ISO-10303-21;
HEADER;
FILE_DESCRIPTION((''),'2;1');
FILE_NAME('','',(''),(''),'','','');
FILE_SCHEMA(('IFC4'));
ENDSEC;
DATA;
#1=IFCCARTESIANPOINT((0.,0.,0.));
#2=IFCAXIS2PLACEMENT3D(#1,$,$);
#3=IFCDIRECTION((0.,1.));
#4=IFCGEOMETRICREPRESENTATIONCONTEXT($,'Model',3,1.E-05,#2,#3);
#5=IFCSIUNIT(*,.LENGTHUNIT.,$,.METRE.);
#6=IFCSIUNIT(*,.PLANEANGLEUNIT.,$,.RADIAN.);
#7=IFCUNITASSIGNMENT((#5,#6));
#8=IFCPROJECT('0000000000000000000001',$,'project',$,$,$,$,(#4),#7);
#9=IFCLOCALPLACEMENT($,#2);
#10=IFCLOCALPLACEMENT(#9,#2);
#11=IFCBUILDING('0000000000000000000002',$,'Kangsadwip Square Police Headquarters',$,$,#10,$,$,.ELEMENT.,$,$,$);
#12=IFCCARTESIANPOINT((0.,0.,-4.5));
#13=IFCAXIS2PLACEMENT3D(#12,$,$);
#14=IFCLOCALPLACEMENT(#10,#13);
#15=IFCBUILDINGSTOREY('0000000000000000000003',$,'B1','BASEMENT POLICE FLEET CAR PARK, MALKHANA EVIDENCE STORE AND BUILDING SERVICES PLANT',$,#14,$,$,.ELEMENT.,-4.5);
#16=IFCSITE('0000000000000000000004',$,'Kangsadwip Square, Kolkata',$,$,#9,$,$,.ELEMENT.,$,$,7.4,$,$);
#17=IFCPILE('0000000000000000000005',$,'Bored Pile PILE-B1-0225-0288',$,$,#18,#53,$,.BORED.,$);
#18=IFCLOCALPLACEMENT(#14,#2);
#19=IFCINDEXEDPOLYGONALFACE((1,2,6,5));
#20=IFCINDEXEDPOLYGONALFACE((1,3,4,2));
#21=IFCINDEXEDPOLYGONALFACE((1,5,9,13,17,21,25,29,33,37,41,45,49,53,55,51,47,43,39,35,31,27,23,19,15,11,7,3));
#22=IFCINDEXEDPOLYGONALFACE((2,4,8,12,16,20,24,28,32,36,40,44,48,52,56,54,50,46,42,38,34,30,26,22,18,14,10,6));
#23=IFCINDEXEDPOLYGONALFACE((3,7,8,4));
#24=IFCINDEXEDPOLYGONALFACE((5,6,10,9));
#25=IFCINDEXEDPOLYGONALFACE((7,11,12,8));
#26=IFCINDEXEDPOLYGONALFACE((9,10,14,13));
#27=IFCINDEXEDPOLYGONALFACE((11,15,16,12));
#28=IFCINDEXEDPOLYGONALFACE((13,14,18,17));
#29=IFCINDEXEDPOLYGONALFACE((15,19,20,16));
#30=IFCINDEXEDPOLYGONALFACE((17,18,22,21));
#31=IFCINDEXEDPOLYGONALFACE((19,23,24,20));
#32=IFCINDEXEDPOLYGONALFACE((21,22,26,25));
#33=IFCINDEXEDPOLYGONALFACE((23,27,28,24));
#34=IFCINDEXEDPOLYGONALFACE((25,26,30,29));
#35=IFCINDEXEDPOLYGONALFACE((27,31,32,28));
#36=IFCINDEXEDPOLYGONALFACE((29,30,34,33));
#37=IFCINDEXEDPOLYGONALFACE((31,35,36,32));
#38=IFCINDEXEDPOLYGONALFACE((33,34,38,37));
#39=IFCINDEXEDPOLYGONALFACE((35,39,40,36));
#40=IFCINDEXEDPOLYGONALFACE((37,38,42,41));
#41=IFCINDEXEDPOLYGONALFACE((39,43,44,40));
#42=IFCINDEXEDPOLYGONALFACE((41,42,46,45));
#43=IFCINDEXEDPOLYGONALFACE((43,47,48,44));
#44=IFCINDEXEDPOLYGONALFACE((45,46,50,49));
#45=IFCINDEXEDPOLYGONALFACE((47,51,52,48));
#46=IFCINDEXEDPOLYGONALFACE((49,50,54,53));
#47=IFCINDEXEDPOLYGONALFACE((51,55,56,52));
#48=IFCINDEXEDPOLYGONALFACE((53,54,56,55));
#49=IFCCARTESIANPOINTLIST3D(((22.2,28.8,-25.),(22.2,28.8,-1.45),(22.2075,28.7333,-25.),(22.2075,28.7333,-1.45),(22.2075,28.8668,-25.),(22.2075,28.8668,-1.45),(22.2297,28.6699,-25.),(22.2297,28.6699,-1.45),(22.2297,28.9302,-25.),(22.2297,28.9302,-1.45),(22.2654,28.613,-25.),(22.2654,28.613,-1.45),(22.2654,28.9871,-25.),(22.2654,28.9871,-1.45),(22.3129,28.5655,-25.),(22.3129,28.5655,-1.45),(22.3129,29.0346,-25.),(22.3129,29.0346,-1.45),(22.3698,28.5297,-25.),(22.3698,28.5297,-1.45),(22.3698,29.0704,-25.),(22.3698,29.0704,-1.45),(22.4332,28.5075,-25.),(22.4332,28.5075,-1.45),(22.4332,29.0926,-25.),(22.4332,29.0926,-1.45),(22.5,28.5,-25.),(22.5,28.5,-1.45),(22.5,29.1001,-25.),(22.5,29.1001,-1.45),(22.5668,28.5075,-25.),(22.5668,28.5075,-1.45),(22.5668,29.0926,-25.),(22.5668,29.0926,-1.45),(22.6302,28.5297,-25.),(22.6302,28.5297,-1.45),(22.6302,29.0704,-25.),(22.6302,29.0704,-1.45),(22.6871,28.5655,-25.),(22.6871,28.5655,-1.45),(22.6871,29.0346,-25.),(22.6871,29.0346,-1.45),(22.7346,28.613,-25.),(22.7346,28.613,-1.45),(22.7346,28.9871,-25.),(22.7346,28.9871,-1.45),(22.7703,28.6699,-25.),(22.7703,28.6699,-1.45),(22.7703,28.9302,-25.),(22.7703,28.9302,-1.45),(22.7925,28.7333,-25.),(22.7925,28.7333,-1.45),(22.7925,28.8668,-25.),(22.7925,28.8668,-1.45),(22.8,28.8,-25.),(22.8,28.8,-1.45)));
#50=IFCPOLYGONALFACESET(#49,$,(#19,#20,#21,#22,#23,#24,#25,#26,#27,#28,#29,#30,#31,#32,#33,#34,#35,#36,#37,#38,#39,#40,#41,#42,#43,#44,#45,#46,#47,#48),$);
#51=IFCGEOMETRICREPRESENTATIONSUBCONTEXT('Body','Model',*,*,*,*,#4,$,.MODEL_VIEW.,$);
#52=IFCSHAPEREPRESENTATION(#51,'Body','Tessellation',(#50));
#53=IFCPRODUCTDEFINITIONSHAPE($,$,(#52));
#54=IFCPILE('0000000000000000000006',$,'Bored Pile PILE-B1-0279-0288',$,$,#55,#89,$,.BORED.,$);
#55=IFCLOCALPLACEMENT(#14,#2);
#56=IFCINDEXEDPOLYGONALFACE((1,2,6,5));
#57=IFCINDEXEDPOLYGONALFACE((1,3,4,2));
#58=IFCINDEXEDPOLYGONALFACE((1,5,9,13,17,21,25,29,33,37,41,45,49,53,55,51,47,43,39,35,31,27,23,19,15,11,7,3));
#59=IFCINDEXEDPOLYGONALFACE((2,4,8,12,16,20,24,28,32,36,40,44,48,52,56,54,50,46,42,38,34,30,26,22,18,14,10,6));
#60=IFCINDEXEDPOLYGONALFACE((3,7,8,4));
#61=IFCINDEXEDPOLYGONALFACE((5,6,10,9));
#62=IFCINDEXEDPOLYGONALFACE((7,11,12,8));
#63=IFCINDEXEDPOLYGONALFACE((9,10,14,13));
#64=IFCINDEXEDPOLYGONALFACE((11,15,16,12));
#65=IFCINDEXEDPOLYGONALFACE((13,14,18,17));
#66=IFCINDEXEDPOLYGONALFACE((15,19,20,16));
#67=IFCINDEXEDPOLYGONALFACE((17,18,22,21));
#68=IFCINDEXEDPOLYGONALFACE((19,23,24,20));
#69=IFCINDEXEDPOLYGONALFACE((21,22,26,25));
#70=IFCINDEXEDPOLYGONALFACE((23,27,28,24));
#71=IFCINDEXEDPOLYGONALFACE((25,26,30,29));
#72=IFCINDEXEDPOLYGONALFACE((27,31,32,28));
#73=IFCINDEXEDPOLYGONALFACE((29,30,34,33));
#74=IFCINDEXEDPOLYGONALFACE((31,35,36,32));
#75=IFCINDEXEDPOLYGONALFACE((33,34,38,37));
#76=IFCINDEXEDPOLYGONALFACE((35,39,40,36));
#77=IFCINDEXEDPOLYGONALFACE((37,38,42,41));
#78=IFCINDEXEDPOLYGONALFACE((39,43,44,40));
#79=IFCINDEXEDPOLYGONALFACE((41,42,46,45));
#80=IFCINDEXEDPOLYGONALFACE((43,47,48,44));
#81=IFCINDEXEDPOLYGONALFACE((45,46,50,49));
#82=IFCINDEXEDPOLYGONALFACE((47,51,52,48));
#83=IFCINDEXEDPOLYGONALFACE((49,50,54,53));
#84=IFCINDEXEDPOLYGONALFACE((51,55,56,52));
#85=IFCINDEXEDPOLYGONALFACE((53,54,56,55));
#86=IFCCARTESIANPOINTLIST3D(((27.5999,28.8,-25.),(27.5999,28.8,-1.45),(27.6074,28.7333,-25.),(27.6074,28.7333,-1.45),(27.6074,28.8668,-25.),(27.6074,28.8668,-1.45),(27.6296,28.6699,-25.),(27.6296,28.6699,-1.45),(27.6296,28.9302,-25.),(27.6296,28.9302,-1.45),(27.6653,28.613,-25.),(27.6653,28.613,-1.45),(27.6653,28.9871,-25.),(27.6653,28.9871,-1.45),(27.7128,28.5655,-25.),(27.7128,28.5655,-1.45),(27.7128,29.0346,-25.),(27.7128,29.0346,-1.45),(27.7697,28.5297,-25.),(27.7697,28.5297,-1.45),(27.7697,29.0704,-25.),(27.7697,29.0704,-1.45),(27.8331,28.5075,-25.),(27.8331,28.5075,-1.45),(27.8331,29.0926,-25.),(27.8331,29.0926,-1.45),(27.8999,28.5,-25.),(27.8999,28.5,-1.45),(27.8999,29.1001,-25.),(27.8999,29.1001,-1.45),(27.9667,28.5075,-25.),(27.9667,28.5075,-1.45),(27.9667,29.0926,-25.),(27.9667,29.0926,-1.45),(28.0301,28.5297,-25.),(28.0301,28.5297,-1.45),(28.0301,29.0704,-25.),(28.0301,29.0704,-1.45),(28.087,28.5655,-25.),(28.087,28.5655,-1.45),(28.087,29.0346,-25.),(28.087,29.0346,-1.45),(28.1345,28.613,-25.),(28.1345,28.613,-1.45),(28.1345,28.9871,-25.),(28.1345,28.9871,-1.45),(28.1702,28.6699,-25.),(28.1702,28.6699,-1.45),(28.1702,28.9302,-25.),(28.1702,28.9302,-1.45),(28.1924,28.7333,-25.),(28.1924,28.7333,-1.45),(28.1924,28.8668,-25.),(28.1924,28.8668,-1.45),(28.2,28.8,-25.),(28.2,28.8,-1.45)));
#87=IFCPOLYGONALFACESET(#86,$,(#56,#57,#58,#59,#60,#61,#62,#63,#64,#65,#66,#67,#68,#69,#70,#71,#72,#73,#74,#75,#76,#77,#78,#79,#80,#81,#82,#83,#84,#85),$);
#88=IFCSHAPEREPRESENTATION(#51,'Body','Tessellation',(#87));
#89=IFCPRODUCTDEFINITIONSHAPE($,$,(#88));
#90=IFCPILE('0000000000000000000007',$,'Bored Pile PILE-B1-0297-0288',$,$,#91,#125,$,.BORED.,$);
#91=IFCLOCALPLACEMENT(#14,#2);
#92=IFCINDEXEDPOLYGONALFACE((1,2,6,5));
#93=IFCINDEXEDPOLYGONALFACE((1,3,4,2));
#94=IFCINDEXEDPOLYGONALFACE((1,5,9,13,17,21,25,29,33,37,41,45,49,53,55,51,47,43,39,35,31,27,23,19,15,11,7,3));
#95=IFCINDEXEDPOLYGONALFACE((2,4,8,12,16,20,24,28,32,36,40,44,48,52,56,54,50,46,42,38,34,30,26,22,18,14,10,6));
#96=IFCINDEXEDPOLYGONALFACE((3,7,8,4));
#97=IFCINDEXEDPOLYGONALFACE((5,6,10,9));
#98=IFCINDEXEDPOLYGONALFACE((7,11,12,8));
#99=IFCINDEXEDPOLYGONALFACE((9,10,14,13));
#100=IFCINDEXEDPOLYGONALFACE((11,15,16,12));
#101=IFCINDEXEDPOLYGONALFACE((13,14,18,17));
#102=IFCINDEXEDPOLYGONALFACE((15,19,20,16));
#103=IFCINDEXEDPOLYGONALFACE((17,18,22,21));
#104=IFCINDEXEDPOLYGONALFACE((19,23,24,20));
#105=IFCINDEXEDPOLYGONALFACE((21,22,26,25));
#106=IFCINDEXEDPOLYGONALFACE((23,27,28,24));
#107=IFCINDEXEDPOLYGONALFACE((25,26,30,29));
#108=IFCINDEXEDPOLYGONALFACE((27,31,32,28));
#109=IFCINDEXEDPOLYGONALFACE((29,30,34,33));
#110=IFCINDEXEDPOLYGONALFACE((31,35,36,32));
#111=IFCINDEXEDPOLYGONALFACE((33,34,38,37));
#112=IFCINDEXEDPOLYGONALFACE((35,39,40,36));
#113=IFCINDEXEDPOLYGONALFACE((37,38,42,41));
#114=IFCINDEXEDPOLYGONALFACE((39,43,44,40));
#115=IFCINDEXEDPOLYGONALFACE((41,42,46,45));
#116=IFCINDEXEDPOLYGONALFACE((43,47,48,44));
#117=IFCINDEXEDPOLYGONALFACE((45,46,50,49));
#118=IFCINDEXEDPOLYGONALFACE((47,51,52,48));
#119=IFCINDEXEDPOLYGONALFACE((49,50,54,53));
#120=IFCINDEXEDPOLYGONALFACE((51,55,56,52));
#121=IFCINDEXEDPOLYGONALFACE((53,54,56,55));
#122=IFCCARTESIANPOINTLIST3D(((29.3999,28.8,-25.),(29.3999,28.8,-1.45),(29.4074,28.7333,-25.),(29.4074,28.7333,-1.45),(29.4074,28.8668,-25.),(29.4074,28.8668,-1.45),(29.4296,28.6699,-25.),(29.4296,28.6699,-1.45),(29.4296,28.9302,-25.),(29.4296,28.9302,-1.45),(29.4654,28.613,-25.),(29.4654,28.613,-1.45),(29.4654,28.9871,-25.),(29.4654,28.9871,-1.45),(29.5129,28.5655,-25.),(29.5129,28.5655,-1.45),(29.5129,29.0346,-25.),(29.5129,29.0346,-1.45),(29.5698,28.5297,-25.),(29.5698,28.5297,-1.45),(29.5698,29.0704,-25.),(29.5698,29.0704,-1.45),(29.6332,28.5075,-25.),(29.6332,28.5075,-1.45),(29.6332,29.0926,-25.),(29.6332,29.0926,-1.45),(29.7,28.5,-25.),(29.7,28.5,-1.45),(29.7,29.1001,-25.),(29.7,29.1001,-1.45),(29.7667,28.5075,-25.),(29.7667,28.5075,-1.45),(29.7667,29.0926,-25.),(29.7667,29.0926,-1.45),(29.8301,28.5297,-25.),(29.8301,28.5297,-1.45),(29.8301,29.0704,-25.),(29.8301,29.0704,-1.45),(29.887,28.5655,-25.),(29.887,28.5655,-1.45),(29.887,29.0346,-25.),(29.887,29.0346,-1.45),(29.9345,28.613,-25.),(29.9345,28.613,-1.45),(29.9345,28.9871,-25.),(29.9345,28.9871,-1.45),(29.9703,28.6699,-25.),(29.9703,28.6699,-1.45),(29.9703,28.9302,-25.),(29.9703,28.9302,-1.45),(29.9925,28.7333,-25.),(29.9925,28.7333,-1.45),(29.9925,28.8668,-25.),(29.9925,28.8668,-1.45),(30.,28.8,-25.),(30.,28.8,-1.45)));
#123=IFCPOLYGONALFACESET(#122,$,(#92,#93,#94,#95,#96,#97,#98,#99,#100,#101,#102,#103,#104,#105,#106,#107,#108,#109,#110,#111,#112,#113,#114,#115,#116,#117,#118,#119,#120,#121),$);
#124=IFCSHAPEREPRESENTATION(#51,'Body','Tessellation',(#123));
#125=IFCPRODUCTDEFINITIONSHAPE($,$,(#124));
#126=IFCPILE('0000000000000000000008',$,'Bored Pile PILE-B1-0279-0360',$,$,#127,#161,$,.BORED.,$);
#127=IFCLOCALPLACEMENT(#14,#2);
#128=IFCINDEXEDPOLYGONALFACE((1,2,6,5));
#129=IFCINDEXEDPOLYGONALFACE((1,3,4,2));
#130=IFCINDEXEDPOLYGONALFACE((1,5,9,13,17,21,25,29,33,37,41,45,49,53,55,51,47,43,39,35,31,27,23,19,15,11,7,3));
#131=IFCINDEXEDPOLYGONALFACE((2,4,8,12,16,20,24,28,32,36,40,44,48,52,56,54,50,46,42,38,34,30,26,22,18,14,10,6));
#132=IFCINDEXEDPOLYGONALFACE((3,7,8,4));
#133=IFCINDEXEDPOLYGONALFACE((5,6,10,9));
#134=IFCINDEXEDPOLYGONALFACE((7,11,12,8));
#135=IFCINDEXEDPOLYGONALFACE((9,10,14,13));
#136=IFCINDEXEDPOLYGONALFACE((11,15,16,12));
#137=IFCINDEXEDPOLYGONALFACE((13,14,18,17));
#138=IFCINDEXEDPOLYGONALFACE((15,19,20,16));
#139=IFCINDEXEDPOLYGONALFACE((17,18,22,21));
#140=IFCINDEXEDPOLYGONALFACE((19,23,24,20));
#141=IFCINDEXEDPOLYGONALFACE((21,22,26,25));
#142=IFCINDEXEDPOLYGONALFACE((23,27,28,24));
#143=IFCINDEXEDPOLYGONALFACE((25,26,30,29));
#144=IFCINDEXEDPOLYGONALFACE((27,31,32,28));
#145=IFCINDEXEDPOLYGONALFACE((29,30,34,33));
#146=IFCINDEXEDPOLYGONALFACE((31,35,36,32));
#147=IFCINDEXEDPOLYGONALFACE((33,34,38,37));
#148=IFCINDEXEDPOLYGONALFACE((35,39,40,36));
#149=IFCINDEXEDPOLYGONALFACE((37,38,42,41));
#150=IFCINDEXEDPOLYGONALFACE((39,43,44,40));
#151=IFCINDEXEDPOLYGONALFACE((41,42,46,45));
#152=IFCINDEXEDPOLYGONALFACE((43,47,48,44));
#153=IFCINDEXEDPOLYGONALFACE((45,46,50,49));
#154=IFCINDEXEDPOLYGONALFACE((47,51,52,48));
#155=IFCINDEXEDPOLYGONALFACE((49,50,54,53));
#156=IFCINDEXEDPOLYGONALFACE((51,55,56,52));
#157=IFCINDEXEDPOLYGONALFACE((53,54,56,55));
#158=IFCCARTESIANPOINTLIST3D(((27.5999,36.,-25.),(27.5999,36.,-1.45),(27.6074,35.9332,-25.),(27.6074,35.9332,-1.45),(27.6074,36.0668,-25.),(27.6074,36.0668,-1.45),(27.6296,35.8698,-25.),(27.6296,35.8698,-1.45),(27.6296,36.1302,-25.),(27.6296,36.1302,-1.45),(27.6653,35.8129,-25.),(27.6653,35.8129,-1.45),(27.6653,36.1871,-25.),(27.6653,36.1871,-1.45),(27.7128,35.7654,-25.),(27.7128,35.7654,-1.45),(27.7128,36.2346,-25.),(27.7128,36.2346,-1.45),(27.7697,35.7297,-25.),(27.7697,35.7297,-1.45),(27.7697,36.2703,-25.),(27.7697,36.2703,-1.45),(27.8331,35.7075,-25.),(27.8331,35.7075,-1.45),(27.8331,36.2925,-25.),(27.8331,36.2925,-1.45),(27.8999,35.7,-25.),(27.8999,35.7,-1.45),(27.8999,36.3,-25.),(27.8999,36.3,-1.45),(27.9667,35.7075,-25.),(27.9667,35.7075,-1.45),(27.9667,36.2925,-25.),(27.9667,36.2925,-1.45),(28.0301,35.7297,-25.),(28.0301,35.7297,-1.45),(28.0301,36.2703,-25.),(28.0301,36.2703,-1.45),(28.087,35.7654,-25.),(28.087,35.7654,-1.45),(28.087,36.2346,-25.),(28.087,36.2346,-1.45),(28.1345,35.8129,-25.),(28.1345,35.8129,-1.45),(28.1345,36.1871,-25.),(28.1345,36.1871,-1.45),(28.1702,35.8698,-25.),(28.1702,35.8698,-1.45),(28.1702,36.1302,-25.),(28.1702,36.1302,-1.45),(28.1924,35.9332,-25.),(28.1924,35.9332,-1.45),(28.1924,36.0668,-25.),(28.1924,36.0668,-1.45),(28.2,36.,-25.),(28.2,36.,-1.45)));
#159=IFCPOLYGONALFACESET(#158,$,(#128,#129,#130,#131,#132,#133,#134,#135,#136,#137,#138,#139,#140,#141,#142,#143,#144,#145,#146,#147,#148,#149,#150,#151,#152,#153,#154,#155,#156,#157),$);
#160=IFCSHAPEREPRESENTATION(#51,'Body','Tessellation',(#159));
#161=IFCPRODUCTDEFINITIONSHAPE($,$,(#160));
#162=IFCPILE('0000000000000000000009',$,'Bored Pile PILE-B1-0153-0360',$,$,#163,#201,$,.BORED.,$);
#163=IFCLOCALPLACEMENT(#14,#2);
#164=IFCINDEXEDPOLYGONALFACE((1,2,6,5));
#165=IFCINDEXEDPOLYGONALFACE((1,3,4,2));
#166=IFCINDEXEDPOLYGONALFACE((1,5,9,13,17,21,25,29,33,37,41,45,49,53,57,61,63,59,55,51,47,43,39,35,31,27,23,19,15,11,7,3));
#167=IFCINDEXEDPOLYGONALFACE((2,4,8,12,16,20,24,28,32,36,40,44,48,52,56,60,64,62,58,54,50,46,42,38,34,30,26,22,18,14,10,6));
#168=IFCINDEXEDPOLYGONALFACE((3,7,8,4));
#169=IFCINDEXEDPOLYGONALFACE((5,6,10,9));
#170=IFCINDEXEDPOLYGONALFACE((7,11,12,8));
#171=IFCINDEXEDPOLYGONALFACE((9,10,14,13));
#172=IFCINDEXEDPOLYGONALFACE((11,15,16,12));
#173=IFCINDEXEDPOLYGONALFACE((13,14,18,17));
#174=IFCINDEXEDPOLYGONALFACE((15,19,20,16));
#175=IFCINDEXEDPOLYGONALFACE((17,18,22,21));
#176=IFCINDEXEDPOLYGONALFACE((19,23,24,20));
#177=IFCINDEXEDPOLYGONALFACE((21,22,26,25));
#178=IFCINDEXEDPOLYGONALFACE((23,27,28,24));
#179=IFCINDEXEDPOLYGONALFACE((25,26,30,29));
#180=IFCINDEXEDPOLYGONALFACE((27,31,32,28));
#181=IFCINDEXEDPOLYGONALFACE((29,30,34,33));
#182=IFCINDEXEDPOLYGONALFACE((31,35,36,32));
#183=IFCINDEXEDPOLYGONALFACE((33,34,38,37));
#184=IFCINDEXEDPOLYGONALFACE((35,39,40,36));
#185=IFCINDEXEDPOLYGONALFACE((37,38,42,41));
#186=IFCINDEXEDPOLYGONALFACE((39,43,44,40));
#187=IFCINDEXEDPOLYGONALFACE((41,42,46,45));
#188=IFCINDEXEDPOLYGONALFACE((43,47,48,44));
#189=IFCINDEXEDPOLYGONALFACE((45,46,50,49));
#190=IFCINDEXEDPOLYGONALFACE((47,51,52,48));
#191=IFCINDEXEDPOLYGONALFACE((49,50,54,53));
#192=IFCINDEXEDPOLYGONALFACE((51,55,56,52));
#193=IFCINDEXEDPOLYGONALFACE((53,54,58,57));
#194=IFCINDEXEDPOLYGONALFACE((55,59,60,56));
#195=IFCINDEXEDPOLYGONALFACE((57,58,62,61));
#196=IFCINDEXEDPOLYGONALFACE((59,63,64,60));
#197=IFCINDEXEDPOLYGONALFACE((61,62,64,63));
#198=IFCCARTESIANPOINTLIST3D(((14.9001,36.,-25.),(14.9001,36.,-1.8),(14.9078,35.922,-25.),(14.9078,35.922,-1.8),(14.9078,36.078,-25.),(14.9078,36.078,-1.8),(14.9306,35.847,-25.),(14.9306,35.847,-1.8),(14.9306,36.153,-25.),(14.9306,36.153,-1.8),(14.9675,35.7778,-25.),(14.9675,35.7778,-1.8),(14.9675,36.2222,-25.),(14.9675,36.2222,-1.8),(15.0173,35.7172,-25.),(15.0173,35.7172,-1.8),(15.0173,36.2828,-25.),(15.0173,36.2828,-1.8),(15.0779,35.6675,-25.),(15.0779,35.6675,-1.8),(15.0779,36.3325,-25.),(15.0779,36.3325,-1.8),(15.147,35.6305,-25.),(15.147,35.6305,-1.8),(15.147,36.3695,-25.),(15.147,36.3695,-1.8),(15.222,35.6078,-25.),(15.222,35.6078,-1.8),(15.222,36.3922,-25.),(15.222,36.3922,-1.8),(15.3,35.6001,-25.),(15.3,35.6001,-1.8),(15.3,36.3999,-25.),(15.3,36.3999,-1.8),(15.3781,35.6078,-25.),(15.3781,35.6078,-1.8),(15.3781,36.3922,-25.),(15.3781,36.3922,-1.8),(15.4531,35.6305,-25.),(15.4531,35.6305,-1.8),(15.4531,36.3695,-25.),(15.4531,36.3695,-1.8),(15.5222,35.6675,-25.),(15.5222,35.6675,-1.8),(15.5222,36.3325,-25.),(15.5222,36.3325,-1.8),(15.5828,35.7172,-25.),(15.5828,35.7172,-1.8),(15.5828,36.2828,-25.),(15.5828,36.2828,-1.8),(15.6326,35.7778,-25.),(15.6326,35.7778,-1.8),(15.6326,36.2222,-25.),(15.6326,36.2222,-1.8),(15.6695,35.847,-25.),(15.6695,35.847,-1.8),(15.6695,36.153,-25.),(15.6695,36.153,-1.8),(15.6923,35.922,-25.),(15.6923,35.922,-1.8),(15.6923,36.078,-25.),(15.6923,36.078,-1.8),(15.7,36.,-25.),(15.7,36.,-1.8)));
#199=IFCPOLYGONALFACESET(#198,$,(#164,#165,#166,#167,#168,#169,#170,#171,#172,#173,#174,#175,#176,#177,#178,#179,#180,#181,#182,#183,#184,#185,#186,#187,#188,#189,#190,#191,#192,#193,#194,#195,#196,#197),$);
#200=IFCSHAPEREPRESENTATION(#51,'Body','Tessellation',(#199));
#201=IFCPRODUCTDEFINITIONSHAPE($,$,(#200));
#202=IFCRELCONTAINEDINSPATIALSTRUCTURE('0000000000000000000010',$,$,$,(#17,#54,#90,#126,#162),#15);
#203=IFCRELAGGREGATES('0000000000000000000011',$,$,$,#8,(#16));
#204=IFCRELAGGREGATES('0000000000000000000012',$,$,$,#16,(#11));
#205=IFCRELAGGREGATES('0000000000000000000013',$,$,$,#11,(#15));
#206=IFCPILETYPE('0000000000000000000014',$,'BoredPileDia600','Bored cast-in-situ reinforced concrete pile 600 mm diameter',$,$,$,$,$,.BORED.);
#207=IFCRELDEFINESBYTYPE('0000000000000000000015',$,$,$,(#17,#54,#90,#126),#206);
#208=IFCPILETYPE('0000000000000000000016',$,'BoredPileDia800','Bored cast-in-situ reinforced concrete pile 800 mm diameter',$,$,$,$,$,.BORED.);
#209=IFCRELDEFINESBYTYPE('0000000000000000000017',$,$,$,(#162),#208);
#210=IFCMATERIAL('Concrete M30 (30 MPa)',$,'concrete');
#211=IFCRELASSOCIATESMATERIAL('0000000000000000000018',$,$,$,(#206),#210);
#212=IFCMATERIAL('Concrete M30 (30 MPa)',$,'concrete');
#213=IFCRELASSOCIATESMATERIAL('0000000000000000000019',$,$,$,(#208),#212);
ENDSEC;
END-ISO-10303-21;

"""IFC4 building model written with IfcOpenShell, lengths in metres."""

from ifc_helpers import new_model, si_unit, direction, frame, origin, origin_2d, place, context, subcontext, project, spatial, circle, extrude, material, material_profile, profile_set, type_object, element, save


model = new_model("IFC4")

# Units and contexts
model_context = context("Model", 3, precision=1e-05, world=origin(), true_north=direction((0.0, 1.0)))
body_context = subcontext(model_context, "Body", "Model", "MODEL_VIEW")
ifc_project = project(units=[si_unit("LENGTHUNIT", "METRE"), si_unit("PLANEANGLEUNIT", "RADIAN")], contexts=[model_context])

# Site, building, storey
site_placement = place(None, origin())
site = spatial("IfcSite", under=ifc_project, at=site_placement, Name="Kangsadwip Square, Kolkata", CompositionType="ELEMENT", RefElevation=7.4)
building_placement = place(site_placement, origin())
building = spatial("IfcBuilding", under=site, at=building_placement, Name="Kangsadwip Square Police Headquarters", CompositionType="ELEMENT")
storey_placement = place(building_placement, frame((0.0, 0.0, -4.5)))
storey = spatial("IfcBuildingStorey", under=building, at=storey_placement, Name="B1", Description="BASEMENT POLICE FLEET CAR PARK, MALKHANA EVIDENCE STORE AND BUILDING SERVICES PLANT", CompositionType="ELEMENT", Elevation=-4.5)

# Piles
ifc_material_1 = material(Name="Concrete M30 (30 MPa)", Category="concrete")
ifc_material_profile_1 = material_profile(ifc_material_1, circle(Radius=0.3, at=origin_2d()), Name="PILE DIA 600")
ifc_profile_set_1 = profile_set([ifc_material_profile_1], Name="Concrete M30 (30 MPa)")
pile_type_1 = type_object("IfcPileType", Name="BoredPileDia600", Description="Bored cast-in-situ reinforced concrete pile 600 mm diameter", PredefinedType="BORED", material=ifc_profile_set_1)
for number, where, z_axis, x_axis, name in (
    (1, (22.5, 28.8, -1.45), (0.0, 0.0, -1.0), (1.0, 0.0, 0.0), "Bored Pile PILE-B1-0225-0288"),
    (2, (27.8999, 28.8, -1.45), (0.0, 0.0, -1.0), (1.0, 0.0, 0.0), "Bored Pile PILE-B1-0279-0288"),
    (3, (29.7, 28.8, -1.45), (0.0, 0.0, -1.0), (1.0, 0.0, 0.0), "Bored Pile PILE-B1-0297-0288"),
    (4, (27.8999, 36.0, -1.45), (0.0, 0.0, -1.0), (1.0, 0.0, 0.0), "Bored Pile PILE-B1-0279-0360"),
):
    element("IfcPile", number, at=place(storey_placement, frame(where, z_axis=z_axis, x_axis=x_axis)), inside=storey, type_object=pile_type_1, Name=name, PredefinedType="BORED", context=body_context, shape_type="SweptSolid", body=[
        extrude(circle(Radius=0.3, at=origin_2d()), origin(), (0.0, 0.0, 1.0), 23.55),
    ])
ifc_material_2 = material(Name="Concrete M30 (30 MPa)", Category="concrete")
ifc_material_profile_2 = material_profile(ifc_material_2, circle(Radius=0.3999, at=origin_2d()), Name="PILE DIA 800")
ifc_profile_set_2 = profile_set([ifc_material_profile_2], Name="Concrete M30 (30 MPa)")
pile_type_2 = type_object("IfcPileType", Name="BoredPileDia800", Description="Bored cast-in-situ reinforced concrete pile 800 mm diameter", PredefinedType="BORED", material=ifc_profile_set_2)
for number, where, z_axis, x_axis, name in (
    (5, (15.3, 36.0, -1.8), (0.0, 0.0, -1.0), (1.0, 0.0, 0.0), "Bored Pile PILE-B1-0153-0360"),
):
    element("IfcPile", number, at=place(storey_placement, frame(where, z_axis=z_axis, x_axis=x_axis)), inside=storey, type_object=pile_type_2, Name=name, PredefinedType="BORED", context=body_context, shape_type="SweptSolid", body=[
        extrude(circle(Radius=0.3999, at=origin_2d()), origin(), (0.0, 0.0, 1.0), 23.2),
    ])

save(model, "model.ifc")
